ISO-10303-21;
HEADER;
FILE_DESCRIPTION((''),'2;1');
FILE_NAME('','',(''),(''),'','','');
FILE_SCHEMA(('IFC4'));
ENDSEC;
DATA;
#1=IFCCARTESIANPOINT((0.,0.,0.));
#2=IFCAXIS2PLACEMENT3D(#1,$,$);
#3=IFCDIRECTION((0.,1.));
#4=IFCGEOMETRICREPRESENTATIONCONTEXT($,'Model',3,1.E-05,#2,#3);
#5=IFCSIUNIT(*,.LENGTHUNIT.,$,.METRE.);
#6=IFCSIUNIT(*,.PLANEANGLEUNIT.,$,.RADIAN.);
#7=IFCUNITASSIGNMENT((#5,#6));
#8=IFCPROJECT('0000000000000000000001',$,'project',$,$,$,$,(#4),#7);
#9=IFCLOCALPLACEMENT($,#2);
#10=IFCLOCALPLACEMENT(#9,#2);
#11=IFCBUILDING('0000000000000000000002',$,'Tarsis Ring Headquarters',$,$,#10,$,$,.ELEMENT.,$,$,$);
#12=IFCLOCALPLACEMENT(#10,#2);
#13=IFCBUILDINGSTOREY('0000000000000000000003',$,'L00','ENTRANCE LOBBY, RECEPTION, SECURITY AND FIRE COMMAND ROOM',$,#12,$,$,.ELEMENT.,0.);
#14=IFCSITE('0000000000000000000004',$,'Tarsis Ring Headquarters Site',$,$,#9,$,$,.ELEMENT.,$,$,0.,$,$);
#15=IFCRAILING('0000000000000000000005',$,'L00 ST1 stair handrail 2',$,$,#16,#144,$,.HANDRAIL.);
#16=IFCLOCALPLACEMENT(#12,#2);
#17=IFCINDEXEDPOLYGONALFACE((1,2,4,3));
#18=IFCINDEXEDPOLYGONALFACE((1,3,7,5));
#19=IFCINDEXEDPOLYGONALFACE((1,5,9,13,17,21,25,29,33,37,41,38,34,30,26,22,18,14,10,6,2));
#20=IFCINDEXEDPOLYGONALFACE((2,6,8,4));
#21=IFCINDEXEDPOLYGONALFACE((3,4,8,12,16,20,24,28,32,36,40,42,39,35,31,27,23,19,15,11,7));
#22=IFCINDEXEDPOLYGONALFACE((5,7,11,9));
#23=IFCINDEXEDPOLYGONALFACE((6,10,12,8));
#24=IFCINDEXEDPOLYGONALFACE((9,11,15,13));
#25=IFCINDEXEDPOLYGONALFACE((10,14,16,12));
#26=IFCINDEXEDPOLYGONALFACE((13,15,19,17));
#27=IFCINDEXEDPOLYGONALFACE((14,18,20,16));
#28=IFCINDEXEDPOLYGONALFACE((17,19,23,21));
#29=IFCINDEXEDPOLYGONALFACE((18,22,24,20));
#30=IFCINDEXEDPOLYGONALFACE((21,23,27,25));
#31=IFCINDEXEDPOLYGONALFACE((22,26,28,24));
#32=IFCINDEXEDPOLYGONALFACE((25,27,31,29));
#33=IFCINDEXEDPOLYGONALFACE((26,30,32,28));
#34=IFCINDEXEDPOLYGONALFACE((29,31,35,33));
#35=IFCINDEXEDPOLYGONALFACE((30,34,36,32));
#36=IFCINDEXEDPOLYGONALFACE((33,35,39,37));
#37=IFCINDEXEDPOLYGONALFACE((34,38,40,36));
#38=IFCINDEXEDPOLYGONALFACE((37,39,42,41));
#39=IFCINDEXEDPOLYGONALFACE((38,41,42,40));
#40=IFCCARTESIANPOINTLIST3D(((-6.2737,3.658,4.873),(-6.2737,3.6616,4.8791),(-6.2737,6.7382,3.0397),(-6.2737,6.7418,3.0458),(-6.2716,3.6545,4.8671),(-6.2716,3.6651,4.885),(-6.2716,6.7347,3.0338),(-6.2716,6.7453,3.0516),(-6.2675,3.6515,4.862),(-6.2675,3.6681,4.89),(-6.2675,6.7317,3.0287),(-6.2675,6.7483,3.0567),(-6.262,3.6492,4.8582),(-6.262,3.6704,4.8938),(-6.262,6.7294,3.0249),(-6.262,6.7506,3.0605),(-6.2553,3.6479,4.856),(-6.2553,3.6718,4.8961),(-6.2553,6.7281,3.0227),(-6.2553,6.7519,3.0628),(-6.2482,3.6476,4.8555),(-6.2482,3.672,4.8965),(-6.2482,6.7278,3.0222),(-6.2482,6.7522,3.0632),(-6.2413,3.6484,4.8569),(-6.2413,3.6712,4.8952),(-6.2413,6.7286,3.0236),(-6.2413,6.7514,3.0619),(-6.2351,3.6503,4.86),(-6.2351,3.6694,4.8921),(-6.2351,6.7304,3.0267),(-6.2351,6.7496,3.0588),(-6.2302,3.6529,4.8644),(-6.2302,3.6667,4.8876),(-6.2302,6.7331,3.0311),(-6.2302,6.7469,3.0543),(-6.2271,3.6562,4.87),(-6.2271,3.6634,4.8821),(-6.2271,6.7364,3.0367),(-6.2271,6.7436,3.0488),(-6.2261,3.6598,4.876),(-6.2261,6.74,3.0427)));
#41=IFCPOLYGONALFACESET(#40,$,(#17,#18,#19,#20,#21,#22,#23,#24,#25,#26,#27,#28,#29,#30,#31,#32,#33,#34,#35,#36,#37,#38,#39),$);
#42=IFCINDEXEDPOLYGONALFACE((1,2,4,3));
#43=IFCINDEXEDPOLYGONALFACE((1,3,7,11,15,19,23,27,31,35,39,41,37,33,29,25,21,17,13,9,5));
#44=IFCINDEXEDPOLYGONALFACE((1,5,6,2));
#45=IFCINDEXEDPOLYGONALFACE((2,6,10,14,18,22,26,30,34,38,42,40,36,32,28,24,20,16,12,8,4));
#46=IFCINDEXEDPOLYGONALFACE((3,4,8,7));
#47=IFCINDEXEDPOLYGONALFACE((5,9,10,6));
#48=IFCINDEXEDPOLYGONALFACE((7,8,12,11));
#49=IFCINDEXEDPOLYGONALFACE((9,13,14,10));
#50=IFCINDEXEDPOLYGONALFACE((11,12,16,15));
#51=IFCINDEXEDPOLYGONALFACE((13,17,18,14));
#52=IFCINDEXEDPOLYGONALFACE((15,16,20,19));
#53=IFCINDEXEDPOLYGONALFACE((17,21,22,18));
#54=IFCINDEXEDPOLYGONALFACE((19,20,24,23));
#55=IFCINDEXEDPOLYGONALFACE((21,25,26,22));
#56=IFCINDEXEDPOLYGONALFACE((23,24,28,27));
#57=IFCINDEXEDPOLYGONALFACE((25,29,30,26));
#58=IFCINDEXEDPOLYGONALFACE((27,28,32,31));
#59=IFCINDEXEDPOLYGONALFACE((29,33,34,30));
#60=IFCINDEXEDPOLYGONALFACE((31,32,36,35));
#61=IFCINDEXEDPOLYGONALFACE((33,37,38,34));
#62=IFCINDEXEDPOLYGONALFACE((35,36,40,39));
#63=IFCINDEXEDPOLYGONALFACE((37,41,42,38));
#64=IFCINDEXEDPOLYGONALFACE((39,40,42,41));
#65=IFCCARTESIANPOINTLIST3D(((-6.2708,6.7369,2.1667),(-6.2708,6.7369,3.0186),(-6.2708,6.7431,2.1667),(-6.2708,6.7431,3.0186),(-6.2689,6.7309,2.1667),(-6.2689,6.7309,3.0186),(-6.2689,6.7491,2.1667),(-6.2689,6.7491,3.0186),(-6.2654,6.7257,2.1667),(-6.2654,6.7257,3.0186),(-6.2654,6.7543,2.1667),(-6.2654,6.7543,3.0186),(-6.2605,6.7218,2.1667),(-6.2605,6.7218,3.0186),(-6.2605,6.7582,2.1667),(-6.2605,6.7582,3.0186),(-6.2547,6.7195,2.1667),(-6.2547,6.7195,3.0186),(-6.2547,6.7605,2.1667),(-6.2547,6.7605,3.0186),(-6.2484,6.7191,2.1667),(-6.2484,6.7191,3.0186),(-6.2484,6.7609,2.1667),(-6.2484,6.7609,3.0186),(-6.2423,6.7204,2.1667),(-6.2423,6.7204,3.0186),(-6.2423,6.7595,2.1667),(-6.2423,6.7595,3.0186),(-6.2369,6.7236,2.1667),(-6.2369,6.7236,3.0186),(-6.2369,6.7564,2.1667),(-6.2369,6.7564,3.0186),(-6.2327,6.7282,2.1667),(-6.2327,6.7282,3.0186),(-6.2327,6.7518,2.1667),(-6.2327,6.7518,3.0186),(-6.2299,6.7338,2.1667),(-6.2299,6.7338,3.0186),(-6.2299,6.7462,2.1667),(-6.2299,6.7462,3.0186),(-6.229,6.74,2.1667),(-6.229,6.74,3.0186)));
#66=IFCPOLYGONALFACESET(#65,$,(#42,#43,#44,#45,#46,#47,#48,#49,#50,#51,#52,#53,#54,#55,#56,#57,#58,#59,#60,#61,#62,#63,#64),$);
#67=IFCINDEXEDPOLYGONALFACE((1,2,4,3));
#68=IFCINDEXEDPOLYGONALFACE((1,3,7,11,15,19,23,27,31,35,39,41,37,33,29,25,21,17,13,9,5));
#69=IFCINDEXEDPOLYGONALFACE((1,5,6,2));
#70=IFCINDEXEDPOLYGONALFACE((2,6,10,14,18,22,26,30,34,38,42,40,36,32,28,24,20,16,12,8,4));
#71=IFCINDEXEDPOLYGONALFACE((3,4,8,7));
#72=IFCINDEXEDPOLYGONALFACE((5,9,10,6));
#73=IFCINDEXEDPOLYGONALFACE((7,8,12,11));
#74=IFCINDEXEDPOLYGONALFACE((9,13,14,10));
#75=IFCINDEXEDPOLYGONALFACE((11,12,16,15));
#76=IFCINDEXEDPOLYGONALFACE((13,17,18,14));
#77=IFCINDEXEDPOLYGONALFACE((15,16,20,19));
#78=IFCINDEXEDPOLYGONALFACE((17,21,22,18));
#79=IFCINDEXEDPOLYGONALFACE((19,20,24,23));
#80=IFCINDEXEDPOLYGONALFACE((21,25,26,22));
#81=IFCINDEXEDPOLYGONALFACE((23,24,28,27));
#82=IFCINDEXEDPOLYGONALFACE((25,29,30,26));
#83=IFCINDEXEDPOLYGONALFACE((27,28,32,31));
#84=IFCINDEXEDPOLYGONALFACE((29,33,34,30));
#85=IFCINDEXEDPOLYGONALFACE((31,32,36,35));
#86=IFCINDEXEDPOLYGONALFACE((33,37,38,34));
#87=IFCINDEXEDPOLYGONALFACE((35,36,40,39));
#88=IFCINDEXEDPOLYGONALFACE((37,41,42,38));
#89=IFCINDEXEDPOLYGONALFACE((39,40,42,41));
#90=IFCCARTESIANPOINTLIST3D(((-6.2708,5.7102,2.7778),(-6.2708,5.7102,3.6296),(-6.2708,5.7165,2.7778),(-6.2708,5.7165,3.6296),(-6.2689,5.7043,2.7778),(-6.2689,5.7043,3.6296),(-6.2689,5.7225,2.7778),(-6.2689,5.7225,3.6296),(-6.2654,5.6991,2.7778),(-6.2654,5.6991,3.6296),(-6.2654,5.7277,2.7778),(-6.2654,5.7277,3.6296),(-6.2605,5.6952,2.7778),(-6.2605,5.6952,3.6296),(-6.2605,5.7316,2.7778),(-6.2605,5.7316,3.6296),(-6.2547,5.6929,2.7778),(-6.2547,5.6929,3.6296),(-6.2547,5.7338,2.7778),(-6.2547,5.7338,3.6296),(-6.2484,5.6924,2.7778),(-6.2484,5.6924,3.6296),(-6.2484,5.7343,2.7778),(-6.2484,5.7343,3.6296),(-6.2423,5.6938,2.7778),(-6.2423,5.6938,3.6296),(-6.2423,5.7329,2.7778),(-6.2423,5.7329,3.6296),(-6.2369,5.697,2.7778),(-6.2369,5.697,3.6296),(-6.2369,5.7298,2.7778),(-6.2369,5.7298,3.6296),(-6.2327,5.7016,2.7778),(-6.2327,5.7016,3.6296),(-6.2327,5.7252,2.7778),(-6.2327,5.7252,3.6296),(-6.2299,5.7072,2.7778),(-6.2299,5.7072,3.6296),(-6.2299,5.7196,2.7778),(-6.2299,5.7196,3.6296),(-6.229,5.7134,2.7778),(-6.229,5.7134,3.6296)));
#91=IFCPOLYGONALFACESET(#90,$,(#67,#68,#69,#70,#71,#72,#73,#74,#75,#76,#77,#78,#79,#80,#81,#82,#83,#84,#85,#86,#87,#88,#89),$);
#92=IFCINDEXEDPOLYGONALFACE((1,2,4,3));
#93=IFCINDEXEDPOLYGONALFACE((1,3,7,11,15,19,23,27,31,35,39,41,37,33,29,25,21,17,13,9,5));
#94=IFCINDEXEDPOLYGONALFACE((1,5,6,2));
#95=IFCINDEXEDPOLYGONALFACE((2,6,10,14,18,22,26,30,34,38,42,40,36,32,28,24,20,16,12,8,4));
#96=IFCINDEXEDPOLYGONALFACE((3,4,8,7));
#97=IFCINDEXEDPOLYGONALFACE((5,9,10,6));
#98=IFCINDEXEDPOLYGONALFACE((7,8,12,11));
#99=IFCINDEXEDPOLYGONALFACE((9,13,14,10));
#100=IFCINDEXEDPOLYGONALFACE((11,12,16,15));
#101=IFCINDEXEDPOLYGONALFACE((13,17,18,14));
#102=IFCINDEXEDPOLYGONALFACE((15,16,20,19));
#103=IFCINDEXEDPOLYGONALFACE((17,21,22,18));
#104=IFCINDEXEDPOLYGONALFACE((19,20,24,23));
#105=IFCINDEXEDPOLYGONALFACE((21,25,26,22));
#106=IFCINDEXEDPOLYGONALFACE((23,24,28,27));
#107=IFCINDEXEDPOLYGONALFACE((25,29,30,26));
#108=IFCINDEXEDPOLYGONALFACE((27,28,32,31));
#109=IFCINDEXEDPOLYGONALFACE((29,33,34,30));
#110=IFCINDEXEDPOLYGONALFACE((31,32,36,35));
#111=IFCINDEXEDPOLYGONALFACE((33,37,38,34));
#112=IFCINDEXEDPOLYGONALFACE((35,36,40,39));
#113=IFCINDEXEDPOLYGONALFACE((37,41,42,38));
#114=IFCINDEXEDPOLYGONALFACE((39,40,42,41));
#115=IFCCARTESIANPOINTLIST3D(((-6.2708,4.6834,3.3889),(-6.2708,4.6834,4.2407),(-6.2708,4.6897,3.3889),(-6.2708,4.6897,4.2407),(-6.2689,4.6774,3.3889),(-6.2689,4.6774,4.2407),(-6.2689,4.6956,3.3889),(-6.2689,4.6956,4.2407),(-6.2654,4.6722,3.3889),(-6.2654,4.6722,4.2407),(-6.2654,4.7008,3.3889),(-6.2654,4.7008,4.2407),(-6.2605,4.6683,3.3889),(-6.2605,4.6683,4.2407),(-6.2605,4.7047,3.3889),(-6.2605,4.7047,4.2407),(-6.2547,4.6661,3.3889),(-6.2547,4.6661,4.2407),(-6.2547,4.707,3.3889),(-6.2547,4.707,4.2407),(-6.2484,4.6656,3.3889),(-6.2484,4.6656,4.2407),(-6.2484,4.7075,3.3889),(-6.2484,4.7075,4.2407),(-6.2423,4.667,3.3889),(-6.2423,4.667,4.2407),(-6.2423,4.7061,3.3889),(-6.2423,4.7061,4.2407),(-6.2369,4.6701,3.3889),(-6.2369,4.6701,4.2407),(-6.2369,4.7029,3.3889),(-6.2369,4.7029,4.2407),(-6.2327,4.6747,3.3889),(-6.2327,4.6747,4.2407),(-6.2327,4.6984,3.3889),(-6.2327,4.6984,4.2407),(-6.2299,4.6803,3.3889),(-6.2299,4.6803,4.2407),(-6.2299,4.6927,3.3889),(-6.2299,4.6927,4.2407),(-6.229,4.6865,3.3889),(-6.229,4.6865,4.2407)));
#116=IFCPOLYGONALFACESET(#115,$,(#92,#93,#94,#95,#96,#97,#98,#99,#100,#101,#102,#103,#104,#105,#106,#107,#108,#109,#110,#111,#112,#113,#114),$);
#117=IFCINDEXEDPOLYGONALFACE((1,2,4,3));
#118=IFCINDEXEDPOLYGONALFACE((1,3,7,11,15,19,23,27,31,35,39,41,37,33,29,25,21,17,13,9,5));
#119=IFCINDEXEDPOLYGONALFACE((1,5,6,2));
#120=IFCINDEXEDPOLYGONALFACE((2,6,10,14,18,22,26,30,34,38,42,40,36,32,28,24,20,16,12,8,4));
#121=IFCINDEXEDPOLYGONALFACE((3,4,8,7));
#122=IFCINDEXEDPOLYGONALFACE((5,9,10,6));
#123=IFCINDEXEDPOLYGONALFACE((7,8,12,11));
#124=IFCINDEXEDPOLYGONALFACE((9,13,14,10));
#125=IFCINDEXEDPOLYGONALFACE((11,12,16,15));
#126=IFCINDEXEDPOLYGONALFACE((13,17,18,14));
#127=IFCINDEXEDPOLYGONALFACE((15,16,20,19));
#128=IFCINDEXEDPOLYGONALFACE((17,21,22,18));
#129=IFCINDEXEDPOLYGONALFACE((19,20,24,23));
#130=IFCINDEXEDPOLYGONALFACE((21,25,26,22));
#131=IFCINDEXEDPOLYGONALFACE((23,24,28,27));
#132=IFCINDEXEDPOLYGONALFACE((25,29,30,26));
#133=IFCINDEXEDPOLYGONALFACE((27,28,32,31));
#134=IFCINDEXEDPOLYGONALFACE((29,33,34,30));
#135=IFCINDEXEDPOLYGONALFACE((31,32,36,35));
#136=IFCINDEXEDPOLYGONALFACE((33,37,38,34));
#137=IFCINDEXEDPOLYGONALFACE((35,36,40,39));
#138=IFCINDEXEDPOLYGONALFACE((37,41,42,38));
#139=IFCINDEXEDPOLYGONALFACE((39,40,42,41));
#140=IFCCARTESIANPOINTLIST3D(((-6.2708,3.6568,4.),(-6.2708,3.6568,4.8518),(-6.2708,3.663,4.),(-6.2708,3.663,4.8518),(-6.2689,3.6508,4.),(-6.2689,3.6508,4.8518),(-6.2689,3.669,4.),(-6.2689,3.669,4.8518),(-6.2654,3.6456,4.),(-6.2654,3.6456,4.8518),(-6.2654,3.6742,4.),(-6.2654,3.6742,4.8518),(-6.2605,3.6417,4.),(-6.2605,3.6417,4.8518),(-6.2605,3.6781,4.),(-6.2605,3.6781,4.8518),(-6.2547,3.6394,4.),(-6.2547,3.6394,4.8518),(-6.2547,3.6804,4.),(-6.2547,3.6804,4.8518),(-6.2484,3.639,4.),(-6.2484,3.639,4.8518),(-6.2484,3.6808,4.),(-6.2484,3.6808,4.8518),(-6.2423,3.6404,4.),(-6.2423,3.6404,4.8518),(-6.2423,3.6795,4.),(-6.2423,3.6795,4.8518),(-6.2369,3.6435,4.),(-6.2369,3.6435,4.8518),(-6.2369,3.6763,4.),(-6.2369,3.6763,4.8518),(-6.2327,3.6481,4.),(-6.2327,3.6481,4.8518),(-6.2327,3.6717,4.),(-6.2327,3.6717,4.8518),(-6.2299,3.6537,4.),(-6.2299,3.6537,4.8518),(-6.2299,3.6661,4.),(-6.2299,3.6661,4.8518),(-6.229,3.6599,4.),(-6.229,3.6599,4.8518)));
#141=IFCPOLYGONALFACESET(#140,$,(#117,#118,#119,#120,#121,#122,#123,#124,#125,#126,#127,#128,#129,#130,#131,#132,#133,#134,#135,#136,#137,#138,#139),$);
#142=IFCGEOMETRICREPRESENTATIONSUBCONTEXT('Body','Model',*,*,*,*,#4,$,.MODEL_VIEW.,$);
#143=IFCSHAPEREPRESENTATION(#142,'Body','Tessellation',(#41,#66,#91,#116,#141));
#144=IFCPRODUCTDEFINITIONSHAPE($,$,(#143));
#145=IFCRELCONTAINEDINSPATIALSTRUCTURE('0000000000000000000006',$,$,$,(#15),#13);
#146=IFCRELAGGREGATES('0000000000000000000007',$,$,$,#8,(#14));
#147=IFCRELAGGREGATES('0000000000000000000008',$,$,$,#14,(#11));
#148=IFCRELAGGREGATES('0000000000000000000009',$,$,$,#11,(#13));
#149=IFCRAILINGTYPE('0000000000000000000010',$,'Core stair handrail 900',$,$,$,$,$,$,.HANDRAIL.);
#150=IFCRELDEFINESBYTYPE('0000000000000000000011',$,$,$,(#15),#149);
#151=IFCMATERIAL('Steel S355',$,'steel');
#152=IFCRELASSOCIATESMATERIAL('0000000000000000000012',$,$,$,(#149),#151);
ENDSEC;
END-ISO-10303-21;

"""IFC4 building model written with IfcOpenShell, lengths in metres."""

from ifc_helpers import new_model, si_unit, direction, frame, origin, origin_2d, place, context, subcontext, project, spatial, circle, extrude, material, type_object, element, save


model = new_model("IFC4")

# Units and contexts
model_context = context("Model", 3, precision=1e-05, world=origin(), true_north=direction((0.0, 1.0)))
body_context = subcontext(model_context, "Body", "Model", "MODEL_VIEW")
ifc_project = project(units=[si_unit("LENGTHUNIT", "METRE"), si_unit("PLANEANGLEUNIT", "RADIAN")], contexts=[model_context])

# Site, building, storey
site_placement = place(None, origin())
site = spatial("IfcSite", under=ifc_project, at=site_placement, Name="Tarsis Ring Headquarters Site", CompositionType="ELEMENT", RefElevation=0.0)
building_placement = place(site_placement, origin())
building = spatial("IfcBuilding", under=site, at=building_placement, Name="Tarsis Ring Headquarters", CompositionType="ELEMENT")
storey_placement = place(building_placement, origin())
storey = spatial("IfcBuildingStorey", under=building, at=storey_placement, Name="L00", Description="ENTRANCE LOBBY, RECEPTION, SECURITY AND FIRE COMMAND ROOM", CompositionType="ELEMENT", Elevation=0.0)

# Railing
ifc_material_1 = material(Name="Steel S355", Category="steel")
railing_type_1 = type_object("IfcRailingType", Name="Core stair handrail 900", PredefinedType="HANDRAIL", material=ifc_material_1)
for number, where, name in (
    (1, (-6.25, 6.74, 2.1667), "L00 ST1 stair handrail 2"),
):
    element("IfcRailing", number, at=place(storey_placement, frame(where)), inside=storey, type_object=railing_type_1, Name=name, PredefinedType="HANDRAIL", context=body_context, shape_type="SweptSolid", body=[
        extrude(circle(Radius=0.0239, at=origin_2d()), frame((0.0, 0.0, 0.876), z_axis=(0.0, -0.859309, 0.511458), x_axis=(1.0, 0.0, 0.0)), (0.0, 0.0, 1.0), 3.5845),
        extrude(circle(Radius=0.021, at=origin_2d()), origin(), (0.0, 0.0, 1.0), 0.8518),
        extrude(circle(Radius=0.021, at=origin_2d()), frame((0.0, -1.0266, 0.6111)), (0.0, 0.0, 1.0), 0.8518),
        extrude(circle(Radius=0.021, at=origin_2d()), frame((0.0, -2.0535, 1.2222)), (0.0, 0.0, 1.0), 0.8518),
        extrude(circle(Radius=0.021, at=origin_2d()), frame((0.0, -3.0801, 1.8333)), (0.0, 0.0, 1.0), 0.8518),
    ])

save(model, "model.ifc")
